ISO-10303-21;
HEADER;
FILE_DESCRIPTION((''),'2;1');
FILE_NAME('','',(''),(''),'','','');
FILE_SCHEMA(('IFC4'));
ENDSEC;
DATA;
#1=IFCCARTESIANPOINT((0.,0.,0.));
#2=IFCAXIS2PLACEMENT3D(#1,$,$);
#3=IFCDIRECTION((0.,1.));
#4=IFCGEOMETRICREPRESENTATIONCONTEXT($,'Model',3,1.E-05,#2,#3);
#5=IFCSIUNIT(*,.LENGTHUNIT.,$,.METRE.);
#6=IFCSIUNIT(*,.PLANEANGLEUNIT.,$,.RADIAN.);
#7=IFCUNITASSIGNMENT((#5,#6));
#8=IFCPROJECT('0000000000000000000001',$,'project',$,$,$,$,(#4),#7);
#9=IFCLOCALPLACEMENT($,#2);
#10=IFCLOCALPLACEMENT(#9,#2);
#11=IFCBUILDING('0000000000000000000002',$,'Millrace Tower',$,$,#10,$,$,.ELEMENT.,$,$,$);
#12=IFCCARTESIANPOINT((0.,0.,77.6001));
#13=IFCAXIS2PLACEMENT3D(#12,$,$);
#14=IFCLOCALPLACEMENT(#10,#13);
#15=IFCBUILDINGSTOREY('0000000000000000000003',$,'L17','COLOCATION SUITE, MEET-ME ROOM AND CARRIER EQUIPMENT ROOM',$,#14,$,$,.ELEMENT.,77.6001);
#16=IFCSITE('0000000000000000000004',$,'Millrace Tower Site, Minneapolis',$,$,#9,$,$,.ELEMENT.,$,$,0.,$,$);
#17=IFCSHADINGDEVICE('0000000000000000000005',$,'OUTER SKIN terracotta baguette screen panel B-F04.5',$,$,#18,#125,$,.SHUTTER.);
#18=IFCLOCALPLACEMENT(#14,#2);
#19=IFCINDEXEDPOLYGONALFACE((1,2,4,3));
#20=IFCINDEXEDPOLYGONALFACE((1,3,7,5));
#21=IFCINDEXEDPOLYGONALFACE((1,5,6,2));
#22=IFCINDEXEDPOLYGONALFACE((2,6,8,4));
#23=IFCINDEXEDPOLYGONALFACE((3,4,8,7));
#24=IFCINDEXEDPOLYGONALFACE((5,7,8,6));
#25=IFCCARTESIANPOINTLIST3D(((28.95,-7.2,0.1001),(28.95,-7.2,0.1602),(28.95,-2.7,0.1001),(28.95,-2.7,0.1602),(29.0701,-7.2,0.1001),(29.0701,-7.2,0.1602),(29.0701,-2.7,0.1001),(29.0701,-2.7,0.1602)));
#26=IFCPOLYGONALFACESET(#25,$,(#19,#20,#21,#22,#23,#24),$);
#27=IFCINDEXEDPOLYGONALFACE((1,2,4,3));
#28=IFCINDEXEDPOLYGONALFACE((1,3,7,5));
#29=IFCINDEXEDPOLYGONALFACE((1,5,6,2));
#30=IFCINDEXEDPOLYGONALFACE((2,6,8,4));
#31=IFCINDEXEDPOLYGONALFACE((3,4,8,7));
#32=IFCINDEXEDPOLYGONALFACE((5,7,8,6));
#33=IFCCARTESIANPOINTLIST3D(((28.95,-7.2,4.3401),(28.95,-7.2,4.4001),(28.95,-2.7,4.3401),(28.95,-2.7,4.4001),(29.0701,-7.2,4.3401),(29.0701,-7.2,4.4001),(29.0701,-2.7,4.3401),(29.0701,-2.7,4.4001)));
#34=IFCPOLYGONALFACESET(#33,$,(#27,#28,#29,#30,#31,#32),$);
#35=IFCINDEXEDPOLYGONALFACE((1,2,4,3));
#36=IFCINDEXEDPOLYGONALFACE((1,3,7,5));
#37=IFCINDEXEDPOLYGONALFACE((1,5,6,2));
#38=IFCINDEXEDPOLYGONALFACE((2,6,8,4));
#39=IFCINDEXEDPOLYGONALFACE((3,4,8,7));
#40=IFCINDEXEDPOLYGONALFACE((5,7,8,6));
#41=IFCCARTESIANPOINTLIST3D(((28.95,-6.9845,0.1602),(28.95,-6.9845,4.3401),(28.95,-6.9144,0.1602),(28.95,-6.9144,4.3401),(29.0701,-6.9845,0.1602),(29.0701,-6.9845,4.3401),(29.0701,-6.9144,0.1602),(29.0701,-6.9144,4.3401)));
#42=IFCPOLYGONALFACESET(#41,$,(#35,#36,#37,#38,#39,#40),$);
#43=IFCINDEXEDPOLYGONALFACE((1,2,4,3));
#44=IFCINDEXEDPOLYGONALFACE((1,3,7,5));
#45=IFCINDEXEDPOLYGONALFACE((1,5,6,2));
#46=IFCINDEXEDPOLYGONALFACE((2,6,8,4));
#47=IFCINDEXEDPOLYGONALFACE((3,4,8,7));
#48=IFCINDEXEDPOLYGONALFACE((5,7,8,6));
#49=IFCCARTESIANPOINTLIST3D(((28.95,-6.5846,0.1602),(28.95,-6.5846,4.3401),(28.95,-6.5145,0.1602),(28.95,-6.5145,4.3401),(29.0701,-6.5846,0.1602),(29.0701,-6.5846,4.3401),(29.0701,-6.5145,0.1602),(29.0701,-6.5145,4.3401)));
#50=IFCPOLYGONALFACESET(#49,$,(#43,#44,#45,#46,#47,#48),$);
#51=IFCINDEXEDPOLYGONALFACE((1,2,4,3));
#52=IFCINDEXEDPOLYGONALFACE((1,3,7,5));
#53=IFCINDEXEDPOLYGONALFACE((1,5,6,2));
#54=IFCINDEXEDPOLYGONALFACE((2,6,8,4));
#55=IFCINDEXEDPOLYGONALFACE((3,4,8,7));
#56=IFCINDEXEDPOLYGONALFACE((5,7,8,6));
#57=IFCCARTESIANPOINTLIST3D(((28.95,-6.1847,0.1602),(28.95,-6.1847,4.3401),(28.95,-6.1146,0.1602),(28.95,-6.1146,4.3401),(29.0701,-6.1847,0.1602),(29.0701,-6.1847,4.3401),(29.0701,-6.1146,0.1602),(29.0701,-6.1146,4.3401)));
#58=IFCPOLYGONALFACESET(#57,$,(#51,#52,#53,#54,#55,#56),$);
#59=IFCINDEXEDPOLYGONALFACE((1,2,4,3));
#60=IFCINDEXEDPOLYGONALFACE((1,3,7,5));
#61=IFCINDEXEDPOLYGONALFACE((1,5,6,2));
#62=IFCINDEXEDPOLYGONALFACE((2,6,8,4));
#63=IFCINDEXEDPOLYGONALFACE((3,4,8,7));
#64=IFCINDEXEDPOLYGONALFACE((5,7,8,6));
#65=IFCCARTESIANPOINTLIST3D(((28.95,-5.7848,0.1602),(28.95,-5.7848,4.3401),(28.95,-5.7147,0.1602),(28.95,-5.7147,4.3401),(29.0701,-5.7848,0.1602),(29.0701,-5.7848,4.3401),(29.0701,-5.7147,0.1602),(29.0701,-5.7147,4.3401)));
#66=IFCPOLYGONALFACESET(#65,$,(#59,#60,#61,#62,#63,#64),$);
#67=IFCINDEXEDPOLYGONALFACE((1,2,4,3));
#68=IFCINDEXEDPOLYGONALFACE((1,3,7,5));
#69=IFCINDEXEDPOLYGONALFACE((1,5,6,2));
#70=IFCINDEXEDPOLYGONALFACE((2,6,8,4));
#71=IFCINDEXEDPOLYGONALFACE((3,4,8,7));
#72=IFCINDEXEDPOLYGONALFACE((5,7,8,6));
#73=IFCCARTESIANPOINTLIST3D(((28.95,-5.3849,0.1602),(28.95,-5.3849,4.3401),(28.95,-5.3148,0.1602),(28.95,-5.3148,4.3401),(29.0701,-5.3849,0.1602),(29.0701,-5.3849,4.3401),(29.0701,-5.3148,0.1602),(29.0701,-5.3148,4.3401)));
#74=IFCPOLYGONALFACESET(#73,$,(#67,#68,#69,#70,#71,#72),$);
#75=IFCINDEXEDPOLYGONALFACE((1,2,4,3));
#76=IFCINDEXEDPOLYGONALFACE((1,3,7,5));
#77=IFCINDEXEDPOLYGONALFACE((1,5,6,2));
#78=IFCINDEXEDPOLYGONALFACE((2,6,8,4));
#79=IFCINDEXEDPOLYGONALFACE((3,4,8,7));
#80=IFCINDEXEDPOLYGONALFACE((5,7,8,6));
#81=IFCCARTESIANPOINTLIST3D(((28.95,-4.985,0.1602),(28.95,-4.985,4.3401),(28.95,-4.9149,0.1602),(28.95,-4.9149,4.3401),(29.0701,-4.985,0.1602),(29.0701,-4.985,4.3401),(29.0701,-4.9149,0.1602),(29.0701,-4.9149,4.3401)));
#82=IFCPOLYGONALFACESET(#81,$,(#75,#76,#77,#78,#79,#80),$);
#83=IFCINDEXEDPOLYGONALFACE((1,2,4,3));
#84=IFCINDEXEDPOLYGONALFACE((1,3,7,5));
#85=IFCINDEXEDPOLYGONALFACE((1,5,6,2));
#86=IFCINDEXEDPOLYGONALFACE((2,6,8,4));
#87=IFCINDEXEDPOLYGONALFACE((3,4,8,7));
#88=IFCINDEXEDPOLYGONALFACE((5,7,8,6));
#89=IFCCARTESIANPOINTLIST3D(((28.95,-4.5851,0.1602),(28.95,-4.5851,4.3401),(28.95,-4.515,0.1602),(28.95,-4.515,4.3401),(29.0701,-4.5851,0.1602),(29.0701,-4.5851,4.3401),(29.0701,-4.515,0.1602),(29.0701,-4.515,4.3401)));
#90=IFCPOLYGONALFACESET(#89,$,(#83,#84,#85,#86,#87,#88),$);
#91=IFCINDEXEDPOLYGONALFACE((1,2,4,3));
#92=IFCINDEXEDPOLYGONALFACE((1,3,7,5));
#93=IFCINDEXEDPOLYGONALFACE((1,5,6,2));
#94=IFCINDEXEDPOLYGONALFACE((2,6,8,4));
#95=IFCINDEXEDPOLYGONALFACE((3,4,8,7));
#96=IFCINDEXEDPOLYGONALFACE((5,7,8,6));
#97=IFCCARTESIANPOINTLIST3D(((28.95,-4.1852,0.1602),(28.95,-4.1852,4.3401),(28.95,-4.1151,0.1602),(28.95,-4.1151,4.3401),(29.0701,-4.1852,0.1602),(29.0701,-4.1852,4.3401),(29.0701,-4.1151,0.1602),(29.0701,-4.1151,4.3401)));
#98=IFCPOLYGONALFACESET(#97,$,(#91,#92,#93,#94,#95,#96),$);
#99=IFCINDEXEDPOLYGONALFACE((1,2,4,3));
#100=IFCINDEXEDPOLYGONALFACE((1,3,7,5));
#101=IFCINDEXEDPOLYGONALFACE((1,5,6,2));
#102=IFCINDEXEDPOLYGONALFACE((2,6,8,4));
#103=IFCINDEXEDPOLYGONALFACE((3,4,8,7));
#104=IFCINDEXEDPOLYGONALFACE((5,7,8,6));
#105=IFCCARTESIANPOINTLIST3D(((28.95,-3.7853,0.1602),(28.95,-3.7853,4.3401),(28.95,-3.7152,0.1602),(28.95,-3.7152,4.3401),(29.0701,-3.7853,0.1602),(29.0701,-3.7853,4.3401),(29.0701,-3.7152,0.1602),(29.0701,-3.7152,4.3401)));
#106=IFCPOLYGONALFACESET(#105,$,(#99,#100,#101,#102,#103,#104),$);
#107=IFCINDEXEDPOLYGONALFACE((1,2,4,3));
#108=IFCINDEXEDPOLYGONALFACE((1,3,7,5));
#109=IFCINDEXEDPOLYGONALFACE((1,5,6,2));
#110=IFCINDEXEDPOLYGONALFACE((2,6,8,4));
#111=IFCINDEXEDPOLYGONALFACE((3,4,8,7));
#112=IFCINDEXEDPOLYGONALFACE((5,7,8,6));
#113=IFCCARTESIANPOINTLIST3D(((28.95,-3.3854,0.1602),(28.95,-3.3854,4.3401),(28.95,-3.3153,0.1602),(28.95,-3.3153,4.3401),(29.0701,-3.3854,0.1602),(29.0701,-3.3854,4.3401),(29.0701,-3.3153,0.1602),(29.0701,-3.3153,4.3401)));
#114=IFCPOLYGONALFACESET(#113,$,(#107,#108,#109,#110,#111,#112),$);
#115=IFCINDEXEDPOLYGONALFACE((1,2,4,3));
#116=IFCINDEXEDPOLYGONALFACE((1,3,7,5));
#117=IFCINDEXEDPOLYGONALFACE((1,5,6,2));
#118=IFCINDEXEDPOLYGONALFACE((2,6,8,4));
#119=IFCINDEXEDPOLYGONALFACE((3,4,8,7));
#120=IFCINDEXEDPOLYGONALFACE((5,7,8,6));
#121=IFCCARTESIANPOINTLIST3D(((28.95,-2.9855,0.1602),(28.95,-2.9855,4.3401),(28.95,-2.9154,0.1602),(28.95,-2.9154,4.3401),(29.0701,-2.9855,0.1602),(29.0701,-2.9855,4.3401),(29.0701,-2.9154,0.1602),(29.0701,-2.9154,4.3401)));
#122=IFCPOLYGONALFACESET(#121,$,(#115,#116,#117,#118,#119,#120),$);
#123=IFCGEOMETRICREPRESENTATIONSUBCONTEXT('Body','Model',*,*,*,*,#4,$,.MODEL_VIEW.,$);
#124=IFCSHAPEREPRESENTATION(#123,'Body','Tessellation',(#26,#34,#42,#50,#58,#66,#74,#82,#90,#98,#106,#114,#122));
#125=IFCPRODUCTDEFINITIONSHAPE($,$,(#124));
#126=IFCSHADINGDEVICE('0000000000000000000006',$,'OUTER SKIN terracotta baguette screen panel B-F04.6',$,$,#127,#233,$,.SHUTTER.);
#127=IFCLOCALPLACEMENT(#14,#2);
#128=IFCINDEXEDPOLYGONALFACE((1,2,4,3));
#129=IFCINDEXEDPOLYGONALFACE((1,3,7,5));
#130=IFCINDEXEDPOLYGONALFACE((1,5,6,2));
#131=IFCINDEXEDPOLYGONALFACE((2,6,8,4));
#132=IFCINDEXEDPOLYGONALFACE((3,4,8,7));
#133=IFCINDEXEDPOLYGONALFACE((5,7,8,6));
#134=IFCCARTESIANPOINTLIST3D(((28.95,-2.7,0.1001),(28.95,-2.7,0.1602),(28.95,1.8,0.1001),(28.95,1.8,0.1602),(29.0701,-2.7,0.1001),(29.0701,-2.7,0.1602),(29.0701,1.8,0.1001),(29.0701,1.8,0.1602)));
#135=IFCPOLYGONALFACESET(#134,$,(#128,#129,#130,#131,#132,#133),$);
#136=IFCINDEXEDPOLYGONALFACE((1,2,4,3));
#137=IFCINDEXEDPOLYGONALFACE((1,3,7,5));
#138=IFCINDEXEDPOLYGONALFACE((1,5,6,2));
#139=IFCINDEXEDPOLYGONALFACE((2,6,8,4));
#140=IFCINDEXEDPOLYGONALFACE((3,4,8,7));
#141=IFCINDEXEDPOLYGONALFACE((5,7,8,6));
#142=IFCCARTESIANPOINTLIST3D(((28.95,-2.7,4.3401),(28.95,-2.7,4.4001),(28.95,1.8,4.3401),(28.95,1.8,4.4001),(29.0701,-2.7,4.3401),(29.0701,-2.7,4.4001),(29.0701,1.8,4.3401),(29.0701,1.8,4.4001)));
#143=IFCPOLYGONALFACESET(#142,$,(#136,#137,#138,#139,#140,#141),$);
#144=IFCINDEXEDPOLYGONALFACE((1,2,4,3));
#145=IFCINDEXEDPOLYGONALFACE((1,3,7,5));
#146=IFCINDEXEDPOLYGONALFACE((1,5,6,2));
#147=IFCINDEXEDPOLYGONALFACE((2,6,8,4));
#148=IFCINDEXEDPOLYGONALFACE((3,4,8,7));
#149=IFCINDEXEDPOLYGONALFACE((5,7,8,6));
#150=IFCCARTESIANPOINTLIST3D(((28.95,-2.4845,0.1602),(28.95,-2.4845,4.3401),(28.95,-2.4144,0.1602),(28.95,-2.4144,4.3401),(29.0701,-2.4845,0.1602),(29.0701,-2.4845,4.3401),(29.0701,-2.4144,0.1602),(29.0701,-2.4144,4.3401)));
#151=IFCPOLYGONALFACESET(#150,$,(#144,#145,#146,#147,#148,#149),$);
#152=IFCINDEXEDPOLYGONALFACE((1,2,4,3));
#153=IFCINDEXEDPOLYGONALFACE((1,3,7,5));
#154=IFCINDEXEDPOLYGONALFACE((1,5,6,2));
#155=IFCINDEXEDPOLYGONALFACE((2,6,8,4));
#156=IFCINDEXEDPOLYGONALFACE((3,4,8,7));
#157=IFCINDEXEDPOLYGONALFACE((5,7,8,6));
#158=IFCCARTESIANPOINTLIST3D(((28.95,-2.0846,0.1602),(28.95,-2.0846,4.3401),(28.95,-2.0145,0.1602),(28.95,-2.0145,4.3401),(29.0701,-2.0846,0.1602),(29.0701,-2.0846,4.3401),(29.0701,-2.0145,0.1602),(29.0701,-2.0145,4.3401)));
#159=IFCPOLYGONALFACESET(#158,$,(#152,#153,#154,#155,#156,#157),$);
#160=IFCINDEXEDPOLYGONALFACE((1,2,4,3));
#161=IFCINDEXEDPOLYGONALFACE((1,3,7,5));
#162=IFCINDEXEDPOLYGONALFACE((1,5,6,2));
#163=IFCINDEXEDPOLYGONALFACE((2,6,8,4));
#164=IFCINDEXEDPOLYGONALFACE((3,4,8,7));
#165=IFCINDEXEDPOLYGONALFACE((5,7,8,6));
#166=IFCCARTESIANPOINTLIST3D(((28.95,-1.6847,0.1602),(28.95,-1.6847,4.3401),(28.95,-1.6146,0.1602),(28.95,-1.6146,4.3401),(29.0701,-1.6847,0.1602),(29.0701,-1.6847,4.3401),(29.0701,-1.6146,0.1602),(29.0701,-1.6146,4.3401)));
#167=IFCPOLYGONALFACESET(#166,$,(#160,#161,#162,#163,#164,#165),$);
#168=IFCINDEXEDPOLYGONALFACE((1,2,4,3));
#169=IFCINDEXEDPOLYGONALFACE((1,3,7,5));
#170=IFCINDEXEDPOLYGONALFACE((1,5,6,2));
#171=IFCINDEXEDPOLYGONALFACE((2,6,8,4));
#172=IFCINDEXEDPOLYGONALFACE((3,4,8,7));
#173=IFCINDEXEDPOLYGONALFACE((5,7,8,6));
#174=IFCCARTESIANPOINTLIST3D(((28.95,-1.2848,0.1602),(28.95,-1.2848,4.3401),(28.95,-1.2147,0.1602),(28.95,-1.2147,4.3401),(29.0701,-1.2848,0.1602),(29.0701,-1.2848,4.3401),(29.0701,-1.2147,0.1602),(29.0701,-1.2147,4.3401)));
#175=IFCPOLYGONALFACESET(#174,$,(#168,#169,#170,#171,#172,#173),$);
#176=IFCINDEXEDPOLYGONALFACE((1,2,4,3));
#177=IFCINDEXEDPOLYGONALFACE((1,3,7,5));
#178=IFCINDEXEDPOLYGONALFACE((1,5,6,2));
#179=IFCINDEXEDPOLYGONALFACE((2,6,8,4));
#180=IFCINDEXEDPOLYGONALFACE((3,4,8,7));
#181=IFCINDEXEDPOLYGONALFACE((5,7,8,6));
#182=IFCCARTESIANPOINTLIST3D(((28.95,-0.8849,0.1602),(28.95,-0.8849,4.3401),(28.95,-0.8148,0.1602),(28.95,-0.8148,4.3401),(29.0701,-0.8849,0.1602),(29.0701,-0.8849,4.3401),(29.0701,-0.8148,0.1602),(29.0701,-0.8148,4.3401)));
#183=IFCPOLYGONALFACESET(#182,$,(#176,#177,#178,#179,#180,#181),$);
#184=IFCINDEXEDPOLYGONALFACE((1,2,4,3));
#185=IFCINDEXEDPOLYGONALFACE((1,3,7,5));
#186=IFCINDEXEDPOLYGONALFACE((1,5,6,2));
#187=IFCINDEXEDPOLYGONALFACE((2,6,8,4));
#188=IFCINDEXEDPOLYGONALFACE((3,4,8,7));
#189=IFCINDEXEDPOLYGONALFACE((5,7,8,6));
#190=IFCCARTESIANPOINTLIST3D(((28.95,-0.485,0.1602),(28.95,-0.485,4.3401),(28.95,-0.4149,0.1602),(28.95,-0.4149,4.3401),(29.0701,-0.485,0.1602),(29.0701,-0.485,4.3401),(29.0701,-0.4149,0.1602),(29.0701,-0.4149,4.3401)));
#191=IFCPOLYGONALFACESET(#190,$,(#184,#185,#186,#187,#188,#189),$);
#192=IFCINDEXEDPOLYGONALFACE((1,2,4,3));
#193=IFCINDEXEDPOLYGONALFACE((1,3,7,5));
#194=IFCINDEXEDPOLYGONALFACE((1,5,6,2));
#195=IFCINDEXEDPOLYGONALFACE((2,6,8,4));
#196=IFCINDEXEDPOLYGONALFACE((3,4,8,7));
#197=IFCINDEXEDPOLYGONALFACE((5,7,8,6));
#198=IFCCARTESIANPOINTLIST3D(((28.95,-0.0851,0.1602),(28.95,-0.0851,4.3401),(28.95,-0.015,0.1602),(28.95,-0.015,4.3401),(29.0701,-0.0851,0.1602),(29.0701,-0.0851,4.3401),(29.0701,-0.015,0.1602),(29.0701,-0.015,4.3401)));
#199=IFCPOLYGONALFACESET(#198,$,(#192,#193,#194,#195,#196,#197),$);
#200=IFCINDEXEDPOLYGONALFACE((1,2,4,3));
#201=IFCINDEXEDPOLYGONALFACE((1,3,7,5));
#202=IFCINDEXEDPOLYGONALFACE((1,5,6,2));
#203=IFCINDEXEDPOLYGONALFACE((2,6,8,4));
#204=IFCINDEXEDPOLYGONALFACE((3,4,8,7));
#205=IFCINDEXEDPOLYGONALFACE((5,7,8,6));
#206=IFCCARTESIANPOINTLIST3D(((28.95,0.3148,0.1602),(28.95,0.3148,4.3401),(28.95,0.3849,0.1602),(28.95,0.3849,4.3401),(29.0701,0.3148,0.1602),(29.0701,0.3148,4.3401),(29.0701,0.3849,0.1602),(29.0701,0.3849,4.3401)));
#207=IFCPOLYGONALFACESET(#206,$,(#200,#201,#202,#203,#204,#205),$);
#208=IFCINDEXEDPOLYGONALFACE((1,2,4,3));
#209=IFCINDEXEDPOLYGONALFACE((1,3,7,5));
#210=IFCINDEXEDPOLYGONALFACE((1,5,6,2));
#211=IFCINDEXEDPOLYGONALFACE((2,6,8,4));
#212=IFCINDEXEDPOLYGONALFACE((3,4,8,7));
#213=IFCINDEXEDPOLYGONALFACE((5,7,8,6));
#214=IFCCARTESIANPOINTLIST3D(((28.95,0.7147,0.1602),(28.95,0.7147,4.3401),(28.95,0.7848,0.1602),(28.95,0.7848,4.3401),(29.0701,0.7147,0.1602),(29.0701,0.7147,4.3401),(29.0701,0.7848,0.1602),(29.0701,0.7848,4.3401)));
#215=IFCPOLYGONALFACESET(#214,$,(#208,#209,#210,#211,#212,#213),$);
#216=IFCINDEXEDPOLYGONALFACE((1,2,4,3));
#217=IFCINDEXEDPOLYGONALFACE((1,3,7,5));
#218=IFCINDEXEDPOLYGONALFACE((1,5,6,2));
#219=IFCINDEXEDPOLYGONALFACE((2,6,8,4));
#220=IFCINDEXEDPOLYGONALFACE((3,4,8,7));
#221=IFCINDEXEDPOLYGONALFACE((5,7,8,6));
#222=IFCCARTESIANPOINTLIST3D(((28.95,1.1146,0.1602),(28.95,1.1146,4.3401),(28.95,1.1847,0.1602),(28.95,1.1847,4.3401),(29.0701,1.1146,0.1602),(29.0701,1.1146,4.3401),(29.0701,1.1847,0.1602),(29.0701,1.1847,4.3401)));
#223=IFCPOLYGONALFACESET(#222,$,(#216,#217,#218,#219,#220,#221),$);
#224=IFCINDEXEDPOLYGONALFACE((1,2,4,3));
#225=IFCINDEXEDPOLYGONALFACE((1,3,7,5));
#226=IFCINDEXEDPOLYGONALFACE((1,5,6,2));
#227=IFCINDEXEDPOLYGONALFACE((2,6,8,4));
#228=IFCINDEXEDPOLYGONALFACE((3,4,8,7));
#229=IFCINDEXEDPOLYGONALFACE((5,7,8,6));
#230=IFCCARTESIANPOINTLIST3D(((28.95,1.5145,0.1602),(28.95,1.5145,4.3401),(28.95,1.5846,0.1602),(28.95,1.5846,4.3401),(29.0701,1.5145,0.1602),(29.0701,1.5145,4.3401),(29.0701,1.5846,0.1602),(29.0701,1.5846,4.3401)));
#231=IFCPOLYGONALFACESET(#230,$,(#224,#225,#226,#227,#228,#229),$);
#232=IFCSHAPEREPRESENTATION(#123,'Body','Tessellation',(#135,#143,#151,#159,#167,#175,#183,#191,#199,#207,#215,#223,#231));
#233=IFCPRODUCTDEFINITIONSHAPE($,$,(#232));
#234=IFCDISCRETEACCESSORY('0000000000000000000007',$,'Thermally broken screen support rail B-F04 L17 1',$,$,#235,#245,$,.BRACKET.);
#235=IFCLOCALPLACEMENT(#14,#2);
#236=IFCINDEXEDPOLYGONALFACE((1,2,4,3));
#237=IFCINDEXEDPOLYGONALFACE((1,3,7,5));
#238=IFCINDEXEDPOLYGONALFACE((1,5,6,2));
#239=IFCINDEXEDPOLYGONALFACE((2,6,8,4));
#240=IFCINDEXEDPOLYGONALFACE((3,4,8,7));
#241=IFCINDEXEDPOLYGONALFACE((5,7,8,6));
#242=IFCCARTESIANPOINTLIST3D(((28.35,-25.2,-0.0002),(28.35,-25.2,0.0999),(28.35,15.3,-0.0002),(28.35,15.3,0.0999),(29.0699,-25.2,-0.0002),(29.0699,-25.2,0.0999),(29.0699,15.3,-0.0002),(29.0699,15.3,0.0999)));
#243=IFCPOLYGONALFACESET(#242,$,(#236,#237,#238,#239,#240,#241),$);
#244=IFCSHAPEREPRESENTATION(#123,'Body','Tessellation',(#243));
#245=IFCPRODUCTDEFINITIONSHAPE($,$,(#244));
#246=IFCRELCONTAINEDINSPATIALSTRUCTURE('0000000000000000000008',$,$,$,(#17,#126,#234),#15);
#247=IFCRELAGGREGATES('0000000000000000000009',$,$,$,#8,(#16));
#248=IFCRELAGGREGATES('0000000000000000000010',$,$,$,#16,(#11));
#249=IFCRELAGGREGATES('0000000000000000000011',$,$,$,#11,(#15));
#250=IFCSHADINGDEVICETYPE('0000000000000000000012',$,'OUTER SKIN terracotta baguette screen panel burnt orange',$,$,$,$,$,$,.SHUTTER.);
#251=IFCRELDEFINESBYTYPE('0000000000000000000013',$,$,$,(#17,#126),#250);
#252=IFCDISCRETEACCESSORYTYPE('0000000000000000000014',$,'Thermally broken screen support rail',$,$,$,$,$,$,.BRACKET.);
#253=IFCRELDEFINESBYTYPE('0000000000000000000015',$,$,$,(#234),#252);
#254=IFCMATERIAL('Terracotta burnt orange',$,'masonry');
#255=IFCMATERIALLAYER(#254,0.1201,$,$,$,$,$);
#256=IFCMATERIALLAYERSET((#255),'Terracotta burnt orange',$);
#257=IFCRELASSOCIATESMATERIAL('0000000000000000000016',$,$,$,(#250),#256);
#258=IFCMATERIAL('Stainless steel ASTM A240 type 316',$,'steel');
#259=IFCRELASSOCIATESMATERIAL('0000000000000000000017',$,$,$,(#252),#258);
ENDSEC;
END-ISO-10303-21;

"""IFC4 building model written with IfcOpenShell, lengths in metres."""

from ifc_helpers import new_model, entity, si_unit, direction, frame, frame_2d, origin, origin_2d, place, context, subcontext, project, spatial, rectangle, extrude, source, transform, mapped, material, layer, layer_set, type_object, element, save


model = new_model("IFC4")

# Units and contexts
model_context = context("Model", 3, precision=1e-05, world=origin(), true_north=direction((0.0, 1.0)))
body_context = subcontext(model_context, "Body", "Model", "MODEL_VIEW")
ifc_project = project(units=[si_unit("LENGTHUNIT", "METRE"), si_unit("PLANEANGLEUNIT", "RADIAN")], contexts=[model_context])

# Site, building, storey
site_placement = place(None, origin())
site = spatial("IfcSite", under=ifc_project, at=site_placement, Name="Millrace Tower Site, Minneapolis", CompositionType="ELEMENT", RefElevation=0.0)
building_placement = place(site_placement, origin())
building = spatial("IfcBuilding", under=site, at=building_placement, Name="Millrace Tower", CompositionType="ELEMENT")
storey_placement = place(building_placement, frame((0.0, 0.0, 77.6001)))
storey = spatial("IfcBuildingStorey", under=building, at=storey_placement, Name="L17", Description="COLOCATION SUITE, MEET-ME ROOM AND CARRIER EQUIPMENT ROOM", CompositionType="ELEMENT", Elevation=77.6001)

# Shading devices
ifc_material_1 = material(Name="Terracotta burnt orange", Category="masonry")
ifc_layer_1 = layer(ifc_material_1, 0.1201)
ifc_layer_set_1 = layer_set([ifc_layer_1], Name="Terracotta burnt orange")
shading_device_type = type_object("IfcShadingDeviceType", Name="OUTER SKIN terracotta baguette screen panel burnt orange", PredefinedType="SHUTTER", material=ifc_layer_set_1)
cartesian_point = entity("IfcCartesianPoint", [-2.25, 0.0601])
shared_polyline = entity("IfcPolyline", [cartesian_point, entity("IfcCartesianPoint", [2.25, 0.0601]), entity("IfcCartesianPoint", [2.25, -0.0601]), entity("IfcCartesianPoint", [-2.25, -0.0601]), cartesian_point])
shared_shape = source(origin(), body_context, "Body", "SweptSolid", [
    entity("IfcExtrudedAreaSolid", entity("IfcArbitraryClosedProfileDef", "AREA", None, shared_polyline), entity("IfcAxis2Placement3D", entity("IfcCartesianPoint", [0.0, 0.0, 0.0])), entity("IfcDirection", [0.0, 0.0, 1.0]), 0.0601),
    entity("IfcExtrudedAreaSolid", entity("IfcArbitraryClosedProfileDef", "AREA", None, shared_polyline), entity("IfcAxis2Placement3D", entity("IfcCartesianPoint", [0.0, 0.0, 4.24])), entity("IfcDirection", [0.0, 0.0, 1.0]), 0.0601),
    extrude(rectangle(XDim=0.0701, YDim=0.1201, at=frame_2d((-1.9995, 0.0))), frame((0.0, 0.0, 0.0601)), (0.0, 0.0, 1.0), 4.1799),
    extrude(rectangle(XDim=0.0701, YDim=0.1201, at=frame_2d((-1.5996, 0.0))), frame((0.0, 0.0, 0.0601)), (0.0, 0.0, 1.0), 4.1799),
    extrude(rectangle(XDim=0.0701, YDim=0.1201, at=frame_2d((-1.1997, 0.0))), frame((0.0, 0.0, 0.0601)), (0.0, 0.0, 1.0), 4.1799),
    extrude(rectangle(XDim=0.0701, YDim=0.1201, at=frame_2d((-0.7998, 0.0))), frame((0.0, 0.0, 0.0601)), (0.0, 0.0, 1.0), 4.1799),
    extrude(rectangle(XDim=0.0701, YDim=0.1201, at=frame_2d((-0.3999, 0.0))), frame((0.0, 0.0, 0.0601)), (0.0, 0.0, 1.0), 4.1799),
    extrude(rectangle(XDim=0.0701, YDim=0.1201, at=origin_2d()), frame((0.0, 0.0, 0.0601)), (0.0, 0.0, 1.0), 4.1799),
    extrude(rectangle(XDim=0.0701, YDim=0.1201, at=frame_2d((0.3999, 0.0))), frame((0.0, 0.0, 0.0601)), (0.0, 0.0, 1.0), 4.1799),
    extrude(rectangle(XDim=0.0701, YDim=0.1201, at=frame_2d((0.7998, 0.0))), frame((0.0, 0.0, 0.0601)), (0.0, 0.0, 1.0), 4.1799),
    extrude(rectangle(XDim=0.0701, YDim=0.1201, at=frame_2d((1.1997, 0.0))), frame((0.0, 0.0, 0.0601)), (0.0, 0.0, 1.0), 4.1799),
    extrude(rectangle(XDim=0.0701, YDim=0.1201, at=frame_2d((1.5996, 0.0))), frame((0.0, 0.0, 0.0601)), (0.0, 0.0, 1.0), 4.1799),
    extrude(rectangle(XDim=0.0701, YDim=0.1201, at=frame_2d((1.9995, 0.0))), frame((0.0, 0.0, 0.0601)), (0.0, 0.0, 1.0), 4.1799),
])
for number, where, z_axis, x_axis, name in (
    (1, (29.01, -4.95, 0.1001), (0.0, 0.0, 1.0), (0.0, 1.0, 0.0), "OUTER SKIN terracotta baguette screen panel B-F04.5"),
    (2, (29.01, -0.45, 0.1001), (0.0, 0.0, 1.0), (0.0, 1.0, 0.0), "OUTER SKIN terracotta baguette screen panel B-F04.6"),
):
    element("IfcShadingDevice", number, at=place(storey_placement, frame(where, z_axis=z_axis, x_axis=x_axis)), inside=storey, type_object=shading_device_type, Name=name, PredefinedType="SHUTTER", context=body_context, shape_type="MappedRepresentation", body=[
        mapped(shared_shape, transform((0.0, 0.0, 0.0), scale=1.0)),
    ])

# Discrete accessory
ifc_material_2 = material(Name="Stainless steel ASTM A240 type 316", Category="steel")
discrete_accessory_type = type_object("IfcDiscreteAccessoryType", Name="Thermally broken screen support rail", PredefinedType="BRACKET", material=ifc_material_2)
discrete_accessory_placement = place(storey_placement, frame((28.71, -4.95, -0.0002), z_axis=(0.0, 0.0, 1.0), x_axis=(0.0, 1.0, 0.0)))
element("IfcDiscreteAccessory", 3, at=discrete_accessory_placement, inside=storey, type_object=discrete_accessory_type, Name="Thermally broken screen support rail B-F04 L17 1", PredefinedType="BRACKET", context=body_context, shape_type="SweptSolid", body=[
    extrude(rectangle(XDim=40.5, YDim=0.72, at=origin_2d()), origin(), (0.0, 0.0, 1.0), 0.1001),
])

save(model, "model.ifc")
